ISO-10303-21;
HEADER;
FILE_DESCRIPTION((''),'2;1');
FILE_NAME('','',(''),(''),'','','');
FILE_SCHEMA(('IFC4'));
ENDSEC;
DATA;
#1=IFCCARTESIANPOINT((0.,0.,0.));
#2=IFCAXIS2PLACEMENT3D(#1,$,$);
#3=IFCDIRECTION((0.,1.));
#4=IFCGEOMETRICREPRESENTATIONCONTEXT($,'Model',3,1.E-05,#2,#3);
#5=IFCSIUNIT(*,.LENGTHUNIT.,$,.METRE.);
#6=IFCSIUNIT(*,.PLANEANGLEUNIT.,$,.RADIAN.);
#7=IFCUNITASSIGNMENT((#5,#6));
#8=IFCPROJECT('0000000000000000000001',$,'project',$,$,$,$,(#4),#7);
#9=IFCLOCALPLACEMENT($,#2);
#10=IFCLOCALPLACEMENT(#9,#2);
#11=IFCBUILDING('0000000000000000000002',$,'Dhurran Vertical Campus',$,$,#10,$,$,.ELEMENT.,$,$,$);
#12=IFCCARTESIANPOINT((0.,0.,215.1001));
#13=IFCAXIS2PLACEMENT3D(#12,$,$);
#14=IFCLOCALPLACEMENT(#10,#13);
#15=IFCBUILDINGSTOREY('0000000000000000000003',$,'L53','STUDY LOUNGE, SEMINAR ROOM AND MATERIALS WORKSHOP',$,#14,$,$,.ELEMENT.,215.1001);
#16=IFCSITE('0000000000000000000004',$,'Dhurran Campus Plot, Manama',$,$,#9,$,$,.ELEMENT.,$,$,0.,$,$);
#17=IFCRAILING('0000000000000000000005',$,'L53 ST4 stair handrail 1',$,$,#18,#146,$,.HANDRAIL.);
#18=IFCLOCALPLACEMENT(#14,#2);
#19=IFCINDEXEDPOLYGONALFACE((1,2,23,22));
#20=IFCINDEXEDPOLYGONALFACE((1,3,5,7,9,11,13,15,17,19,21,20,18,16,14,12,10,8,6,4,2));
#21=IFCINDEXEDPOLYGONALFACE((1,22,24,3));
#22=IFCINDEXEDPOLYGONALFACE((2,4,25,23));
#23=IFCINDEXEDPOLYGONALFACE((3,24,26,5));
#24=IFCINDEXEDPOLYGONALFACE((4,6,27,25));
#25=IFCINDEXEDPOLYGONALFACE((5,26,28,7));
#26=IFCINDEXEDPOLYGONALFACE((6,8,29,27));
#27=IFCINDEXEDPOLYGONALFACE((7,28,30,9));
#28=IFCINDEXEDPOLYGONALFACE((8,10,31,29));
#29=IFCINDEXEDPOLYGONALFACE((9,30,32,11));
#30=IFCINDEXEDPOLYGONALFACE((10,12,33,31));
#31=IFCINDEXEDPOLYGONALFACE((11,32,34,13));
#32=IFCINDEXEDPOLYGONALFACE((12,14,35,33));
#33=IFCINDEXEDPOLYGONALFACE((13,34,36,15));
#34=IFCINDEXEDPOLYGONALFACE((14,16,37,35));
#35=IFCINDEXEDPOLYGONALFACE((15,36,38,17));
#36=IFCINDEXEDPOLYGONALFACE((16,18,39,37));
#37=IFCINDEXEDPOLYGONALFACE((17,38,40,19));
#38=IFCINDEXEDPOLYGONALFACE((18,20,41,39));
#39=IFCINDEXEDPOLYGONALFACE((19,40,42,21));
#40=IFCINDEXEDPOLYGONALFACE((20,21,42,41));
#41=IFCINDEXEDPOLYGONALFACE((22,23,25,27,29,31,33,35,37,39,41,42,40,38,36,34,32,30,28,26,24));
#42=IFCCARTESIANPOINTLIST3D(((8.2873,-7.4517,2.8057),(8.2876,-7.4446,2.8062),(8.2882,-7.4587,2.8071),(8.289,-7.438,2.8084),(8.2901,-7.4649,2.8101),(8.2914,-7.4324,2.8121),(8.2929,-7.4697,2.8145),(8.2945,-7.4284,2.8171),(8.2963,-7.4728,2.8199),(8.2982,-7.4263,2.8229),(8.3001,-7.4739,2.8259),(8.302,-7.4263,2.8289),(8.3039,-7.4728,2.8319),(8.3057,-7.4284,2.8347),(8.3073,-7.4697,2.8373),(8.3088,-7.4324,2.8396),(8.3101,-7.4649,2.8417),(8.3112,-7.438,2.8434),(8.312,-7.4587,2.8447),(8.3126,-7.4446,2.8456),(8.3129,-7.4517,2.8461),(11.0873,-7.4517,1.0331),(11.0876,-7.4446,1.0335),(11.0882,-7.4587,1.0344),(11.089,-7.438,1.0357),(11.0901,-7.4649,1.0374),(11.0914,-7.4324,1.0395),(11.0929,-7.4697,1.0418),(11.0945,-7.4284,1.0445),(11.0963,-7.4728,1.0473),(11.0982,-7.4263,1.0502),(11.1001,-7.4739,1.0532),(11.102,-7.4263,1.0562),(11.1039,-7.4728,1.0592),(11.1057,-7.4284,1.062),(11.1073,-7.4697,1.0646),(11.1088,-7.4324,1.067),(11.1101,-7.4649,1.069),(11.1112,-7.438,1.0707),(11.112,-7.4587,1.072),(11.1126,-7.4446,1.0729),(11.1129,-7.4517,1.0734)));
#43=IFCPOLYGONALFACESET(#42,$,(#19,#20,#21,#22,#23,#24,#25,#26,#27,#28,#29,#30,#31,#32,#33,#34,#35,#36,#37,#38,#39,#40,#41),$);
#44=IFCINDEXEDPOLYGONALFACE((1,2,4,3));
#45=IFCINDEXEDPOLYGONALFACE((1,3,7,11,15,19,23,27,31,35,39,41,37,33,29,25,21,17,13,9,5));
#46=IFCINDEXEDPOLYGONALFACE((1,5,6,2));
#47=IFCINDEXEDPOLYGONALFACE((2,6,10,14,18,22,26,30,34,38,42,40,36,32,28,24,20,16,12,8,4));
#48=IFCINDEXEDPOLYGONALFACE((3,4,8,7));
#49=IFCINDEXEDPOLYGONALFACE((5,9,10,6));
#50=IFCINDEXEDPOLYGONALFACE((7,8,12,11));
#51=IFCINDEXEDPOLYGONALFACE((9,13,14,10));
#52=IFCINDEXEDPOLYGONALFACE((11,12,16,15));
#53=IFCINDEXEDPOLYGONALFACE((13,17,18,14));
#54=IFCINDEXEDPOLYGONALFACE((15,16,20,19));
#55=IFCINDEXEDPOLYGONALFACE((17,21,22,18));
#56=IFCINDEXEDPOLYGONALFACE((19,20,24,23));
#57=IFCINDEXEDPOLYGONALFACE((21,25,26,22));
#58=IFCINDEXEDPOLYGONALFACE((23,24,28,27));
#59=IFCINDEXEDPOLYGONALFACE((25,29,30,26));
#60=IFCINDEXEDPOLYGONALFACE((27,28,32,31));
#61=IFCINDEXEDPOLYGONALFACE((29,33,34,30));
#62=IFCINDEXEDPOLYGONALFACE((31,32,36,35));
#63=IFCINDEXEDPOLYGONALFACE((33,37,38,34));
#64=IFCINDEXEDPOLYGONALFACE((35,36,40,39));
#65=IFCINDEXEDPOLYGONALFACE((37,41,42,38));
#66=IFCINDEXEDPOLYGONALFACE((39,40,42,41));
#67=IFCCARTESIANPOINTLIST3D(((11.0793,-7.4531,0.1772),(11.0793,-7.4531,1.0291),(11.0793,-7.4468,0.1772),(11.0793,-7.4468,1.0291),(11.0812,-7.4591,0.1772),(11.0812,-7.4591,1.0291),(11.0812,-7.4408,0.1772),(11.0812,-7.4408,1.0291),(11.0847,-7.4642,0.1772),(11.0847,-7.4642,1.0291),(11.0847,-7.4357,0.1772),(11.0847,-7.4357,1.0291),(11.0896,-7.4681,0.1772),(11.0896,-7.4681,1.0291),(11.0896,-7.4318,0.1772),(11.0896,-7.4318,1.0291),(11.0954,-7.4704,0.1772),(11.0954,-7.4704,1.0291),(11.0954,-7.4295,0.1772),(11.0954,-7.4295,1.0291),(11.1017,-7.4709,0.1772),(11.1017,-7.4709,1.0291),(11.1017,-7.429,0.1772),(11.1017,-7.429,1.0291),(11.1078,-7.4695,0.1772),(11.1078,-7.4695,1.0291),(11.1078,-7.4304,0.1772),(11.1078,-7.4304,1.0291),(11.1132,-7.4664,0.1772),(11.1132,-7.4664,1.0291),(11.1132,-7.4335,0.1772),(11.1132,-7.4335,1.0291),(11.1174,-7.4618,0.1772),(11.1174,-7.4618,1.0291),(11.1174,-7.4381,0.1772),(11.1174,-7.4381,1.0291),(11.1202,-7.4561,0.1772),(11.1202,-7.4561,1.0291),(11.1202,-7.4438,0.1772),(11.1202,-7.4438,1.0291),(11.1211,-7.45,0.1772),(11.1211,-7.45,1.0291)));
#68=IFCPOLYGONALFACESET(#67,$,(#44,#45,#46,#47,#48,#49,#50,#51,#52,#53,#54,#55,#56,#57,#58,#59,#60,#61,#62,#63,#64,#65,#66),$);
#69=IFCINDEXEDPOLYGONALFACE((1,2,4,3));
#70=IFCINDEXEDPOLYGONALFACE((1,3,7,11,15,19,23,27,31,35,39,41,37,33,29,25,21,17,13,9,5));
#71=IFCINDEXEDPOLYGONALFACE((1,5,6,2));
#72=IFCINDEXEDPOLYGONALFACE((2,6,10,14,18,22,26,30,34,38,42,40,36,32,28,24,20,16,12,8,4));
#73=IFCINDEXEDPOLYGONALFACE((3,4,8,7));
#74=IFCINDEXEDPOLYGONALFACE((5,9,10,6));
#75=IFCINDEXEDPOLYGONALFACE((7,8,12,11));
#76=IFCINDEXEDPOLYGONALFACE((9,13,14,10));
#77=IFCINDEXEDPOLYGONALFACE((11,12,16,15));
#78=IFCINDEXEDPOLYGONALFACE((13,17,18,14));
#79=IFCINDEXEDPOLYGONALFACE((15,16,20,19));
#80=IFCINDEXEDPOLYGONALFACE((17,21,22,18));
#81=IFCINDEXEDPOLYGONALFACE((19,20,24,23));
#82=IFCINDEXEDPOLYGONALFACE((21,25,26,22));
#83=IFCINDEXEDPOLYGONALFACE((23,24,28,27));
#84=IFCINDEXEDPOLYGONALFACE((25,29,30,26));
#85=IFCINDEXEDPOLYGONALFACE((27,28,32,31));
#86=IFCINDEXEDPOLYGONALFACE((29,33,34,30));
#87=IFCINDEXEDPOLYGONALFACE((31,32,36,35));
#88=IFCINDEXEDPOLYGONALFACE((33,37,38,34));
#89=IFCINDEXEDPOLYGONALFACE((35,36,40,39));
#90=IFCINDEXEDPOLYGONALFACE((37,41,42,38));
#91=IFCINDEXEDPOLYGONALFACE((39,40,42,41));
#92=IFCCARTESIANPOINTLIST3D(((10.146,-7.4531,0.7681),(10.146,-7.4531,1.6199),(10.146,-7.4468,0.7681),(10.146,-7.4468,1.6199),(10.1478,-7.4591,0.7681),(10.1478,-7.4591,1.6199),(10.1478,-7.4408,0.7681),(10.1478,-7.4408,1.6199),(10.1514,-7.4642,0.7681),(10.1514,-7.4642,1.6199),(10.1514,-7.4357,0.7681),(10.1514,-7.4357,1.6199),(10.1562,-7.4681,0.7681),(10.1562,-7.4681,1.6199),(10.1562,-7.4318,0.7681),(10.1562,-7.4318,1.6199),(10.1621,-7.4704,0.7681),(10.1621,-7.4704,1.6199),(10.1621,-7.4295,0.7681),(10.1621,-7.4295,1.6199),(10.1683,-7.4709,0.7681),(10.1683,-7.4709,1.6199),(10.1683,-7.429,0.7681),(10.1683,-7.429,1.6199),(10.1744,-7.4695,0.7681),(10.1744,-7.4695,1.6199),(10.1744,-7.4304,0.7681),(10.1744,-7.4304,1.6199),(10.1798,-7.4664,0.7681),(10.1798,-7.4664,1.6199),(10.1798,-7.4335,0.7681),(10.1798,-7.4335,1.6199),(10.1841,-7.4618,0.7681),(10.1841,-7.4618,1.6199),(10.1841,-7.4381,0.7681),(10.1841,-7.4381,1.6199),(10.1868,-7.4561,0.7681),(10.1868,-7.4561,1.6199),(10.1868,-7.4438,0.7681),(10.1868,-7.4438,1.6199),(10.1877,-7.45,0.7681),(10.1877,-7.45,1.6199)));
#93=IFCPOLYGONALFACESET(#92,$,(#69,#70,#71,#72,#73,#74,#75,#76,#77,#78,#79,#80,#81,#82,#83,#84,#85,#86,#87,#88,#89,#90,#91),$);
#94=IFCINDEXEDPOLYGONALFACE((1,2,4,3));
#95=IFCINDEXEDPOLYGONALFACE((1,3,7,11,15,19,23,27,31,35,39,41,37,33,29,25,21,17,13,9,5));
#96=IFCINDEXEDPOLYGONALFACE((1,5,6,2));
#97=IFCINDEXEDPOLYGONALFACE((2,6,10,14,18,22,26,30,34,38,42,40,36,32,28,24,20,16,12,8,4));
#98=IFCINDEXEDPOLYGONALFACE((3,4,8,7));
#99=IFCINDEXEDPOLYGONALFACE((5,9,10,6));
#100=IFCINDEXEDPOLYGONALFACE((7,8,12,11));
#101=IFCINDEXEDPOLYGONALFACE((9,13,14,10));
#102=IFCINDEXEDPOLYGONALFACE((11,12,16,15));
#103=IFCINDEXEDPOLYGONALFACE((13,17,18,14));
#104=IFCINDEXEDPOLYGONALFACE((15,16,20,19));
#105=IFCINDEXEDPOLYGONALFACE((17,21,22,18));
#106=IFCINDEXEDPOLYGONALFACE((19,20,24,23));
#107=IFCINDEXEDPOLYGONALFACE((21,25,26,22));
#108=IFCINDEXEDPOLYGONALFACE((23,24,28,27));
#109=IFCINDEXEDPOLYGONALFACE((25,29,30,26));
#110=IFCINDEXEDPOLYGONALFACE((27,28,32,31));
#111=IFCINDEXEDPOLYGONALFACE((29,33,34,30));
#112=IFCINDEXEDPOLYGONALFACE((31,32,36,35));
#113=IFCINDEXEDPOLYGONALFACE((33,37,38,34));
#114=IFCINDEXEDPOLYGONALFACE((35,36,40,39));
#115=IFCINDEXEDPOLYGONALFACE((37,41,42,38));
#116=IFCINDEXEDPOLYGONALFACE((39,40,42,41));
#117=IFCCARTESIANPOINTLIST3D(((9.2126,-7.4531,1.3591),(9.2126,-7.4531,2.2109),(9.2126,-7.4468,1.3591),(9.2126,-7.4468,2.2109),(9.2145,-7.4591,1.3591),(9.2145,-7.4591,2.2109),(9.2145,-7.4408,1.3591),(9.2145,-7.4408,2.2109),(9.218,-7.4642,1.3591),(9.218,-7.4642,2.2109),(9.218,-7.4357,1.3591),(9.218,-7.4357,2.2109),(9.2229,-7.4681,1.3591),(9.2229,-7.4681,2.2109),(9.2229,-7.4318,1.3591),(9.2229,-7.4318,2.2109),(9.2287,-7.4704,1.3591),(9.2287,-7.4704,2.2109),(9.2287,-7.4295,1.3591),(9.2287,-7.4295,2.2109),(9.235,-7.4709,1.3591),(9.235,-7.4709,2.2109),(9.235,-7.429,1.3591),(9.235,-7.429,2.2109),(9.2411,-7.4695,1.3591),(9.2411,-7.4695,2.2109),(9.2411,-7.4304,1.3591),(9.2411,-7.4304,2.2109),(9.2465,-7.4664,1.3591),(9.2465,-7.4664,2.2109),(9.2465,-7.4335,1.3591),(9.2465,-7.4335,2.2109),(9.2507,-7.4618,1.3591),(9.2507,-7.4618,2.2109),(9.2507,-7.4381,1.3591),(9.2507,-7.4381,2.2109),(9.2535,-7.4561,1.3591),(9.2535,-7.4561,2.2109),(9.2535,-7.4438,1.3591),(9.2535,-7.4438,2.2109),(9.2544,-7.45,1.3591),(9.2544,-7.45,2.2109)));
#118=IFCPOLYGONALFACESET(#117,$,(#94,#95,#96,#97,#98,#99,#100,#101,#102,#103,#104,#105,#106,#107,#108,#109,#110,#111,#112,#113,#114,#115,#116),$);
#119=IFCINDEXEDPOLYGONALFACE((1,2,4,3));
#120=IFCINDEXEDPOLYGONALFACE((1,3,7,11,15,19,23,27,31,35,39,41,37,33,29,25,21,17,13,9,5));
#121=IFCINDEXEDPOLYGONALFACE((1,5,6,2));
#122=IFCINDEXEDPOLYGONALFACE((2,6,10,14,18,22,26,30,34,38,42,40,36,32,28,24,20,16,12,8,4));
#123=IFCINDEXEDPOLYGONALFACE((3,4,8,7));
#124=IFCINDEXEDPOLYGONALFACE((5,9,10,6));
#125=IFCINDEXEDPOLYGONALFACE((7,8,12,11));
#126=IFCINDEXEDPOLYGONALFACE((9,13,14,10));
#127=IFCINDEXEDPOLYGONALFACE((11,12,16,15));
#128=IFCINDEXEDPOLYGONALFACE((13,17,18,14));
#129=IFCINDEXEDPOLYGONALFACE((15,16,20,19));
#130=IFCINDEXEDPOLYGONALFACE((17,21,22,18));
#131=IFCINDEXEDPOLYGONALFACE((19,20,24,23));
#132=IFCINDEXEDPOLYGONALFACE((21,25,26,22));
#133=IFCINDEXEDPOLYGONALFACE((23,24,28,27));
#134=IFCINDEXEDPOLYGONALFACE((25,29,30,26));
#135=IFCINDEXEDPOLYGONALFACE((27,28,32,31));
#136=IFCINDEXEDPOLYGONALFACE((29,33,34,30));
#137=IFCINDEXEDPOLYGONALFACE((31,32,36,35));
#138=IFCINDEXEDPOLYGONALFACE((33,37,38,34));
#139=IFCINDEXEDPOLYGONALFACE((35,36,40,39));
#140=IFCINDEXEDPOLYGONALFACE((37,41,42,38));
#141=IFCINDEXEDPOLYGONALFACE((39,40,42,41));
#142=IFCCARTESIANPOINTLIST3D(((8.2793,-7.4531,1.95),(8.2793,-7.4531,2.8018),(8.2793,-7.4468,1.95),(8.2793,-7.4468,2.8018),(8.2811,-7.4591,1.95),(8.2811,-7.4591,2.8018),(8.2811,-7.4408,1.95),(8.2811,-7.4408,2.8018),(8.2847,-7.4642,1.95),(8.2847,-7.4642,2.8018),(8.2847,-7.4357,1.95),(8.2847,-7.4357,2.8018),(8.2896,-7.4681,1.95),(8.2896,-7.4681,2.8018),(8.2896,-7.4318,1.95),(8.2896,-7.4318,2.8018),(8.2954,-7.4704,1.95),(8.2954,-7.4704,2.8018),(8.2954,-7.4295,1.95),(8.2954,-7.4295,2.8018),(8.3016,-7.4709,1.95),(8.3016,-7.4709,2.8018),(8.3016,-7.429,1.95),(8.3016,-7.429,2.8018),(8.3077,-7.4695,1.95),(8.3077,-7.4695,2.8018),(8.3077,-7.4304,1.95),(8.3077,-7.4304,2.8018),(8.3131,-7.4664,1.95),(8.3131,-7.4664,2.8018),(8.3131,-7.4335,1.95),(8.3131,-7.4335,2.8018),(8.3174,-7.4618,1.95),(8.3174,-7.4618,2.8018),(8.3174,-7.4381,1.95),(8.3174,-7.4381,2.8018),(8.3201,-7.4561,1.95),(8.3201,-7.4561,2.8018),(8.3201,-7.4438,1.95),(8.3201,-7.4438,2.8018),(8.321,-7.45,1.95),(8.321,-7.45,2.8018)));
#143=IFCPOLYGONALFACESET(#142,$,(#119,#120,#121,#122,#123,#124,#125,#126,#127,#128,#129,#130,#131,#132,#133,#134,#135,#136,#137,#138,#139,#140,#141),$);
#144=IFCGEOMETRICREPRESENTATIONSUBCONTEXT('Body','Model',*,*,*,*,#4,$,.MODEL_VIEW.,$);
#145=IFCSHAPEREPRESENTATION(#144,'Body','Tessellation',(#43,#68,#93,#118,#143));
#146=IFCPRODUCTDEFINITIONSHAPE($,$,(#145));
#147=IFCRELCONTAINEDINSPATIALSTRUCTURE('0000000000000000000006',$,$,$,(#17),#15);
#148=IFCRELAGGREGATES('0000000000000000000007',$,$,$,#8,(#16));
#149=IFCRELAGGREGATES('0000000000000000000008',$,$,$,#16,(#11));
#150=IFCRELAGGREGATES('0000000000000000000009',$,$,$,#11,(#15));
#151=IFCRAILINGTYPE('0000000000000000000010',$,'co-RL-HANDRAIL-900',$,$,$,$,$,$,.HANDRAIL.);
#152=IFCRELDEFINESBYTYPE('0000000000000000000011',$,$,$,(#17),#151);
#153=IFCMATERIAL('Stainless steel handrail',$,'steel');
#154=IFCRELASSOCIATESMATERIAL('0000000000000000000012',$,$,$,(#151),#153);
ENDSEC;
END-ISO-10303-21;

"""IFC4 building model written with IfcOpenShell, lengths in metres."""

from ifc_helpers import new_model, si_unit, direction, frame, origin, origin_2d, place, context, subcontext, project, spatial, circle, extrude, material, type_object, element, save


model = new_model("IFC4")

# Units and contexts
model_context = context("Model", 3, precision=1e-05, world=origin(), true_north=direction((0.0, 1.0)))
body_context = subcontext(model_context, "Body", "Model", "MODEL_VIEW")
ifc_project = project(units=[si_unit("LENGTHUNIT", "METRE"), si_unit("PLANEANGLEUNIT", "RADIAN")], contexts=[model_context])

# Site, building, storey
site_placement = place(None, origin())
site = spatial("IfcSite", under=ifc_project, at=site_placement, Name="Dhurran Campus Plot, Manama", CompositionType="ELEMENT", RefElevation=0.0)
building_placement = place(site_placement, origin())
building = spatial("IfcBuilding", under=site, at=building_placement, Name="Dhurran Vertical Campus", CompositionType="ELEMENT")
storey_placement = place(building_placement, frame((0.0, 0.0, 215.1001)))
storey = spatial("IfcBuildingStorey", under=building, at=storey_placement, Name="L53", Description="STUDY LOUNGE, SEMINAR ROOM AND MATERIALS WORKSHOP", CompositionType="ELEMENT", Elevation=215.1001)

# Railing
ifc_material_1 = material(Name="Stainless steel handrail", Category="steel")
railing_type_1 = type_object("IfcRailingType", Name="co-RL-HANDRAIL-900", PredefinedType="HANDRAIL", material=ifc_material_1)
railing_1_placement = place(storey_placement, frame((11.1001, -7.45, 0.1772)))
element("IfcRailing", 1, at=railing_1_placement, inside=storey, type_object=railing_type_1, Name="L53 ST4 stair handrail 1", PredefinedType="HANDRAIL", context=body_context, shape_type="SweptSolid", body=[
    extrude(circle(Radius=0.0239, at=origin_2d()), frame((0.0, 0.0, 0.876), z_axis=(-0.844909, 0.0, 0.53491), x_axis=(0.0, -1.0, 0.0)), (0.0, 0.0, 1.0), 3.314),
    extrude(circle(Radius=0.021, at=origin_2d()), origin(), (0.0, 0.0, 1.0), 0.8518),
    extrude(circle(Radius=0.021, at=origin_2d()), frame((-0.9333, 0.0, 0.5908)), (0.0, 0.0, 1.0), 0.8518),
    extrude(circle(Radius=0.021, at=origin_2d()), frame((-1.8667, 0.0, 1.1819)), (0.0, 0.0, 1.0), 0.8518),
    extrude(circle(Radius=0.021, at=origin_2d()), frame((-2.8, 0.0, 1.7727)), (0.0, 0.0, 1.0), 0.8518),
])

save(model, "model.ifc")
